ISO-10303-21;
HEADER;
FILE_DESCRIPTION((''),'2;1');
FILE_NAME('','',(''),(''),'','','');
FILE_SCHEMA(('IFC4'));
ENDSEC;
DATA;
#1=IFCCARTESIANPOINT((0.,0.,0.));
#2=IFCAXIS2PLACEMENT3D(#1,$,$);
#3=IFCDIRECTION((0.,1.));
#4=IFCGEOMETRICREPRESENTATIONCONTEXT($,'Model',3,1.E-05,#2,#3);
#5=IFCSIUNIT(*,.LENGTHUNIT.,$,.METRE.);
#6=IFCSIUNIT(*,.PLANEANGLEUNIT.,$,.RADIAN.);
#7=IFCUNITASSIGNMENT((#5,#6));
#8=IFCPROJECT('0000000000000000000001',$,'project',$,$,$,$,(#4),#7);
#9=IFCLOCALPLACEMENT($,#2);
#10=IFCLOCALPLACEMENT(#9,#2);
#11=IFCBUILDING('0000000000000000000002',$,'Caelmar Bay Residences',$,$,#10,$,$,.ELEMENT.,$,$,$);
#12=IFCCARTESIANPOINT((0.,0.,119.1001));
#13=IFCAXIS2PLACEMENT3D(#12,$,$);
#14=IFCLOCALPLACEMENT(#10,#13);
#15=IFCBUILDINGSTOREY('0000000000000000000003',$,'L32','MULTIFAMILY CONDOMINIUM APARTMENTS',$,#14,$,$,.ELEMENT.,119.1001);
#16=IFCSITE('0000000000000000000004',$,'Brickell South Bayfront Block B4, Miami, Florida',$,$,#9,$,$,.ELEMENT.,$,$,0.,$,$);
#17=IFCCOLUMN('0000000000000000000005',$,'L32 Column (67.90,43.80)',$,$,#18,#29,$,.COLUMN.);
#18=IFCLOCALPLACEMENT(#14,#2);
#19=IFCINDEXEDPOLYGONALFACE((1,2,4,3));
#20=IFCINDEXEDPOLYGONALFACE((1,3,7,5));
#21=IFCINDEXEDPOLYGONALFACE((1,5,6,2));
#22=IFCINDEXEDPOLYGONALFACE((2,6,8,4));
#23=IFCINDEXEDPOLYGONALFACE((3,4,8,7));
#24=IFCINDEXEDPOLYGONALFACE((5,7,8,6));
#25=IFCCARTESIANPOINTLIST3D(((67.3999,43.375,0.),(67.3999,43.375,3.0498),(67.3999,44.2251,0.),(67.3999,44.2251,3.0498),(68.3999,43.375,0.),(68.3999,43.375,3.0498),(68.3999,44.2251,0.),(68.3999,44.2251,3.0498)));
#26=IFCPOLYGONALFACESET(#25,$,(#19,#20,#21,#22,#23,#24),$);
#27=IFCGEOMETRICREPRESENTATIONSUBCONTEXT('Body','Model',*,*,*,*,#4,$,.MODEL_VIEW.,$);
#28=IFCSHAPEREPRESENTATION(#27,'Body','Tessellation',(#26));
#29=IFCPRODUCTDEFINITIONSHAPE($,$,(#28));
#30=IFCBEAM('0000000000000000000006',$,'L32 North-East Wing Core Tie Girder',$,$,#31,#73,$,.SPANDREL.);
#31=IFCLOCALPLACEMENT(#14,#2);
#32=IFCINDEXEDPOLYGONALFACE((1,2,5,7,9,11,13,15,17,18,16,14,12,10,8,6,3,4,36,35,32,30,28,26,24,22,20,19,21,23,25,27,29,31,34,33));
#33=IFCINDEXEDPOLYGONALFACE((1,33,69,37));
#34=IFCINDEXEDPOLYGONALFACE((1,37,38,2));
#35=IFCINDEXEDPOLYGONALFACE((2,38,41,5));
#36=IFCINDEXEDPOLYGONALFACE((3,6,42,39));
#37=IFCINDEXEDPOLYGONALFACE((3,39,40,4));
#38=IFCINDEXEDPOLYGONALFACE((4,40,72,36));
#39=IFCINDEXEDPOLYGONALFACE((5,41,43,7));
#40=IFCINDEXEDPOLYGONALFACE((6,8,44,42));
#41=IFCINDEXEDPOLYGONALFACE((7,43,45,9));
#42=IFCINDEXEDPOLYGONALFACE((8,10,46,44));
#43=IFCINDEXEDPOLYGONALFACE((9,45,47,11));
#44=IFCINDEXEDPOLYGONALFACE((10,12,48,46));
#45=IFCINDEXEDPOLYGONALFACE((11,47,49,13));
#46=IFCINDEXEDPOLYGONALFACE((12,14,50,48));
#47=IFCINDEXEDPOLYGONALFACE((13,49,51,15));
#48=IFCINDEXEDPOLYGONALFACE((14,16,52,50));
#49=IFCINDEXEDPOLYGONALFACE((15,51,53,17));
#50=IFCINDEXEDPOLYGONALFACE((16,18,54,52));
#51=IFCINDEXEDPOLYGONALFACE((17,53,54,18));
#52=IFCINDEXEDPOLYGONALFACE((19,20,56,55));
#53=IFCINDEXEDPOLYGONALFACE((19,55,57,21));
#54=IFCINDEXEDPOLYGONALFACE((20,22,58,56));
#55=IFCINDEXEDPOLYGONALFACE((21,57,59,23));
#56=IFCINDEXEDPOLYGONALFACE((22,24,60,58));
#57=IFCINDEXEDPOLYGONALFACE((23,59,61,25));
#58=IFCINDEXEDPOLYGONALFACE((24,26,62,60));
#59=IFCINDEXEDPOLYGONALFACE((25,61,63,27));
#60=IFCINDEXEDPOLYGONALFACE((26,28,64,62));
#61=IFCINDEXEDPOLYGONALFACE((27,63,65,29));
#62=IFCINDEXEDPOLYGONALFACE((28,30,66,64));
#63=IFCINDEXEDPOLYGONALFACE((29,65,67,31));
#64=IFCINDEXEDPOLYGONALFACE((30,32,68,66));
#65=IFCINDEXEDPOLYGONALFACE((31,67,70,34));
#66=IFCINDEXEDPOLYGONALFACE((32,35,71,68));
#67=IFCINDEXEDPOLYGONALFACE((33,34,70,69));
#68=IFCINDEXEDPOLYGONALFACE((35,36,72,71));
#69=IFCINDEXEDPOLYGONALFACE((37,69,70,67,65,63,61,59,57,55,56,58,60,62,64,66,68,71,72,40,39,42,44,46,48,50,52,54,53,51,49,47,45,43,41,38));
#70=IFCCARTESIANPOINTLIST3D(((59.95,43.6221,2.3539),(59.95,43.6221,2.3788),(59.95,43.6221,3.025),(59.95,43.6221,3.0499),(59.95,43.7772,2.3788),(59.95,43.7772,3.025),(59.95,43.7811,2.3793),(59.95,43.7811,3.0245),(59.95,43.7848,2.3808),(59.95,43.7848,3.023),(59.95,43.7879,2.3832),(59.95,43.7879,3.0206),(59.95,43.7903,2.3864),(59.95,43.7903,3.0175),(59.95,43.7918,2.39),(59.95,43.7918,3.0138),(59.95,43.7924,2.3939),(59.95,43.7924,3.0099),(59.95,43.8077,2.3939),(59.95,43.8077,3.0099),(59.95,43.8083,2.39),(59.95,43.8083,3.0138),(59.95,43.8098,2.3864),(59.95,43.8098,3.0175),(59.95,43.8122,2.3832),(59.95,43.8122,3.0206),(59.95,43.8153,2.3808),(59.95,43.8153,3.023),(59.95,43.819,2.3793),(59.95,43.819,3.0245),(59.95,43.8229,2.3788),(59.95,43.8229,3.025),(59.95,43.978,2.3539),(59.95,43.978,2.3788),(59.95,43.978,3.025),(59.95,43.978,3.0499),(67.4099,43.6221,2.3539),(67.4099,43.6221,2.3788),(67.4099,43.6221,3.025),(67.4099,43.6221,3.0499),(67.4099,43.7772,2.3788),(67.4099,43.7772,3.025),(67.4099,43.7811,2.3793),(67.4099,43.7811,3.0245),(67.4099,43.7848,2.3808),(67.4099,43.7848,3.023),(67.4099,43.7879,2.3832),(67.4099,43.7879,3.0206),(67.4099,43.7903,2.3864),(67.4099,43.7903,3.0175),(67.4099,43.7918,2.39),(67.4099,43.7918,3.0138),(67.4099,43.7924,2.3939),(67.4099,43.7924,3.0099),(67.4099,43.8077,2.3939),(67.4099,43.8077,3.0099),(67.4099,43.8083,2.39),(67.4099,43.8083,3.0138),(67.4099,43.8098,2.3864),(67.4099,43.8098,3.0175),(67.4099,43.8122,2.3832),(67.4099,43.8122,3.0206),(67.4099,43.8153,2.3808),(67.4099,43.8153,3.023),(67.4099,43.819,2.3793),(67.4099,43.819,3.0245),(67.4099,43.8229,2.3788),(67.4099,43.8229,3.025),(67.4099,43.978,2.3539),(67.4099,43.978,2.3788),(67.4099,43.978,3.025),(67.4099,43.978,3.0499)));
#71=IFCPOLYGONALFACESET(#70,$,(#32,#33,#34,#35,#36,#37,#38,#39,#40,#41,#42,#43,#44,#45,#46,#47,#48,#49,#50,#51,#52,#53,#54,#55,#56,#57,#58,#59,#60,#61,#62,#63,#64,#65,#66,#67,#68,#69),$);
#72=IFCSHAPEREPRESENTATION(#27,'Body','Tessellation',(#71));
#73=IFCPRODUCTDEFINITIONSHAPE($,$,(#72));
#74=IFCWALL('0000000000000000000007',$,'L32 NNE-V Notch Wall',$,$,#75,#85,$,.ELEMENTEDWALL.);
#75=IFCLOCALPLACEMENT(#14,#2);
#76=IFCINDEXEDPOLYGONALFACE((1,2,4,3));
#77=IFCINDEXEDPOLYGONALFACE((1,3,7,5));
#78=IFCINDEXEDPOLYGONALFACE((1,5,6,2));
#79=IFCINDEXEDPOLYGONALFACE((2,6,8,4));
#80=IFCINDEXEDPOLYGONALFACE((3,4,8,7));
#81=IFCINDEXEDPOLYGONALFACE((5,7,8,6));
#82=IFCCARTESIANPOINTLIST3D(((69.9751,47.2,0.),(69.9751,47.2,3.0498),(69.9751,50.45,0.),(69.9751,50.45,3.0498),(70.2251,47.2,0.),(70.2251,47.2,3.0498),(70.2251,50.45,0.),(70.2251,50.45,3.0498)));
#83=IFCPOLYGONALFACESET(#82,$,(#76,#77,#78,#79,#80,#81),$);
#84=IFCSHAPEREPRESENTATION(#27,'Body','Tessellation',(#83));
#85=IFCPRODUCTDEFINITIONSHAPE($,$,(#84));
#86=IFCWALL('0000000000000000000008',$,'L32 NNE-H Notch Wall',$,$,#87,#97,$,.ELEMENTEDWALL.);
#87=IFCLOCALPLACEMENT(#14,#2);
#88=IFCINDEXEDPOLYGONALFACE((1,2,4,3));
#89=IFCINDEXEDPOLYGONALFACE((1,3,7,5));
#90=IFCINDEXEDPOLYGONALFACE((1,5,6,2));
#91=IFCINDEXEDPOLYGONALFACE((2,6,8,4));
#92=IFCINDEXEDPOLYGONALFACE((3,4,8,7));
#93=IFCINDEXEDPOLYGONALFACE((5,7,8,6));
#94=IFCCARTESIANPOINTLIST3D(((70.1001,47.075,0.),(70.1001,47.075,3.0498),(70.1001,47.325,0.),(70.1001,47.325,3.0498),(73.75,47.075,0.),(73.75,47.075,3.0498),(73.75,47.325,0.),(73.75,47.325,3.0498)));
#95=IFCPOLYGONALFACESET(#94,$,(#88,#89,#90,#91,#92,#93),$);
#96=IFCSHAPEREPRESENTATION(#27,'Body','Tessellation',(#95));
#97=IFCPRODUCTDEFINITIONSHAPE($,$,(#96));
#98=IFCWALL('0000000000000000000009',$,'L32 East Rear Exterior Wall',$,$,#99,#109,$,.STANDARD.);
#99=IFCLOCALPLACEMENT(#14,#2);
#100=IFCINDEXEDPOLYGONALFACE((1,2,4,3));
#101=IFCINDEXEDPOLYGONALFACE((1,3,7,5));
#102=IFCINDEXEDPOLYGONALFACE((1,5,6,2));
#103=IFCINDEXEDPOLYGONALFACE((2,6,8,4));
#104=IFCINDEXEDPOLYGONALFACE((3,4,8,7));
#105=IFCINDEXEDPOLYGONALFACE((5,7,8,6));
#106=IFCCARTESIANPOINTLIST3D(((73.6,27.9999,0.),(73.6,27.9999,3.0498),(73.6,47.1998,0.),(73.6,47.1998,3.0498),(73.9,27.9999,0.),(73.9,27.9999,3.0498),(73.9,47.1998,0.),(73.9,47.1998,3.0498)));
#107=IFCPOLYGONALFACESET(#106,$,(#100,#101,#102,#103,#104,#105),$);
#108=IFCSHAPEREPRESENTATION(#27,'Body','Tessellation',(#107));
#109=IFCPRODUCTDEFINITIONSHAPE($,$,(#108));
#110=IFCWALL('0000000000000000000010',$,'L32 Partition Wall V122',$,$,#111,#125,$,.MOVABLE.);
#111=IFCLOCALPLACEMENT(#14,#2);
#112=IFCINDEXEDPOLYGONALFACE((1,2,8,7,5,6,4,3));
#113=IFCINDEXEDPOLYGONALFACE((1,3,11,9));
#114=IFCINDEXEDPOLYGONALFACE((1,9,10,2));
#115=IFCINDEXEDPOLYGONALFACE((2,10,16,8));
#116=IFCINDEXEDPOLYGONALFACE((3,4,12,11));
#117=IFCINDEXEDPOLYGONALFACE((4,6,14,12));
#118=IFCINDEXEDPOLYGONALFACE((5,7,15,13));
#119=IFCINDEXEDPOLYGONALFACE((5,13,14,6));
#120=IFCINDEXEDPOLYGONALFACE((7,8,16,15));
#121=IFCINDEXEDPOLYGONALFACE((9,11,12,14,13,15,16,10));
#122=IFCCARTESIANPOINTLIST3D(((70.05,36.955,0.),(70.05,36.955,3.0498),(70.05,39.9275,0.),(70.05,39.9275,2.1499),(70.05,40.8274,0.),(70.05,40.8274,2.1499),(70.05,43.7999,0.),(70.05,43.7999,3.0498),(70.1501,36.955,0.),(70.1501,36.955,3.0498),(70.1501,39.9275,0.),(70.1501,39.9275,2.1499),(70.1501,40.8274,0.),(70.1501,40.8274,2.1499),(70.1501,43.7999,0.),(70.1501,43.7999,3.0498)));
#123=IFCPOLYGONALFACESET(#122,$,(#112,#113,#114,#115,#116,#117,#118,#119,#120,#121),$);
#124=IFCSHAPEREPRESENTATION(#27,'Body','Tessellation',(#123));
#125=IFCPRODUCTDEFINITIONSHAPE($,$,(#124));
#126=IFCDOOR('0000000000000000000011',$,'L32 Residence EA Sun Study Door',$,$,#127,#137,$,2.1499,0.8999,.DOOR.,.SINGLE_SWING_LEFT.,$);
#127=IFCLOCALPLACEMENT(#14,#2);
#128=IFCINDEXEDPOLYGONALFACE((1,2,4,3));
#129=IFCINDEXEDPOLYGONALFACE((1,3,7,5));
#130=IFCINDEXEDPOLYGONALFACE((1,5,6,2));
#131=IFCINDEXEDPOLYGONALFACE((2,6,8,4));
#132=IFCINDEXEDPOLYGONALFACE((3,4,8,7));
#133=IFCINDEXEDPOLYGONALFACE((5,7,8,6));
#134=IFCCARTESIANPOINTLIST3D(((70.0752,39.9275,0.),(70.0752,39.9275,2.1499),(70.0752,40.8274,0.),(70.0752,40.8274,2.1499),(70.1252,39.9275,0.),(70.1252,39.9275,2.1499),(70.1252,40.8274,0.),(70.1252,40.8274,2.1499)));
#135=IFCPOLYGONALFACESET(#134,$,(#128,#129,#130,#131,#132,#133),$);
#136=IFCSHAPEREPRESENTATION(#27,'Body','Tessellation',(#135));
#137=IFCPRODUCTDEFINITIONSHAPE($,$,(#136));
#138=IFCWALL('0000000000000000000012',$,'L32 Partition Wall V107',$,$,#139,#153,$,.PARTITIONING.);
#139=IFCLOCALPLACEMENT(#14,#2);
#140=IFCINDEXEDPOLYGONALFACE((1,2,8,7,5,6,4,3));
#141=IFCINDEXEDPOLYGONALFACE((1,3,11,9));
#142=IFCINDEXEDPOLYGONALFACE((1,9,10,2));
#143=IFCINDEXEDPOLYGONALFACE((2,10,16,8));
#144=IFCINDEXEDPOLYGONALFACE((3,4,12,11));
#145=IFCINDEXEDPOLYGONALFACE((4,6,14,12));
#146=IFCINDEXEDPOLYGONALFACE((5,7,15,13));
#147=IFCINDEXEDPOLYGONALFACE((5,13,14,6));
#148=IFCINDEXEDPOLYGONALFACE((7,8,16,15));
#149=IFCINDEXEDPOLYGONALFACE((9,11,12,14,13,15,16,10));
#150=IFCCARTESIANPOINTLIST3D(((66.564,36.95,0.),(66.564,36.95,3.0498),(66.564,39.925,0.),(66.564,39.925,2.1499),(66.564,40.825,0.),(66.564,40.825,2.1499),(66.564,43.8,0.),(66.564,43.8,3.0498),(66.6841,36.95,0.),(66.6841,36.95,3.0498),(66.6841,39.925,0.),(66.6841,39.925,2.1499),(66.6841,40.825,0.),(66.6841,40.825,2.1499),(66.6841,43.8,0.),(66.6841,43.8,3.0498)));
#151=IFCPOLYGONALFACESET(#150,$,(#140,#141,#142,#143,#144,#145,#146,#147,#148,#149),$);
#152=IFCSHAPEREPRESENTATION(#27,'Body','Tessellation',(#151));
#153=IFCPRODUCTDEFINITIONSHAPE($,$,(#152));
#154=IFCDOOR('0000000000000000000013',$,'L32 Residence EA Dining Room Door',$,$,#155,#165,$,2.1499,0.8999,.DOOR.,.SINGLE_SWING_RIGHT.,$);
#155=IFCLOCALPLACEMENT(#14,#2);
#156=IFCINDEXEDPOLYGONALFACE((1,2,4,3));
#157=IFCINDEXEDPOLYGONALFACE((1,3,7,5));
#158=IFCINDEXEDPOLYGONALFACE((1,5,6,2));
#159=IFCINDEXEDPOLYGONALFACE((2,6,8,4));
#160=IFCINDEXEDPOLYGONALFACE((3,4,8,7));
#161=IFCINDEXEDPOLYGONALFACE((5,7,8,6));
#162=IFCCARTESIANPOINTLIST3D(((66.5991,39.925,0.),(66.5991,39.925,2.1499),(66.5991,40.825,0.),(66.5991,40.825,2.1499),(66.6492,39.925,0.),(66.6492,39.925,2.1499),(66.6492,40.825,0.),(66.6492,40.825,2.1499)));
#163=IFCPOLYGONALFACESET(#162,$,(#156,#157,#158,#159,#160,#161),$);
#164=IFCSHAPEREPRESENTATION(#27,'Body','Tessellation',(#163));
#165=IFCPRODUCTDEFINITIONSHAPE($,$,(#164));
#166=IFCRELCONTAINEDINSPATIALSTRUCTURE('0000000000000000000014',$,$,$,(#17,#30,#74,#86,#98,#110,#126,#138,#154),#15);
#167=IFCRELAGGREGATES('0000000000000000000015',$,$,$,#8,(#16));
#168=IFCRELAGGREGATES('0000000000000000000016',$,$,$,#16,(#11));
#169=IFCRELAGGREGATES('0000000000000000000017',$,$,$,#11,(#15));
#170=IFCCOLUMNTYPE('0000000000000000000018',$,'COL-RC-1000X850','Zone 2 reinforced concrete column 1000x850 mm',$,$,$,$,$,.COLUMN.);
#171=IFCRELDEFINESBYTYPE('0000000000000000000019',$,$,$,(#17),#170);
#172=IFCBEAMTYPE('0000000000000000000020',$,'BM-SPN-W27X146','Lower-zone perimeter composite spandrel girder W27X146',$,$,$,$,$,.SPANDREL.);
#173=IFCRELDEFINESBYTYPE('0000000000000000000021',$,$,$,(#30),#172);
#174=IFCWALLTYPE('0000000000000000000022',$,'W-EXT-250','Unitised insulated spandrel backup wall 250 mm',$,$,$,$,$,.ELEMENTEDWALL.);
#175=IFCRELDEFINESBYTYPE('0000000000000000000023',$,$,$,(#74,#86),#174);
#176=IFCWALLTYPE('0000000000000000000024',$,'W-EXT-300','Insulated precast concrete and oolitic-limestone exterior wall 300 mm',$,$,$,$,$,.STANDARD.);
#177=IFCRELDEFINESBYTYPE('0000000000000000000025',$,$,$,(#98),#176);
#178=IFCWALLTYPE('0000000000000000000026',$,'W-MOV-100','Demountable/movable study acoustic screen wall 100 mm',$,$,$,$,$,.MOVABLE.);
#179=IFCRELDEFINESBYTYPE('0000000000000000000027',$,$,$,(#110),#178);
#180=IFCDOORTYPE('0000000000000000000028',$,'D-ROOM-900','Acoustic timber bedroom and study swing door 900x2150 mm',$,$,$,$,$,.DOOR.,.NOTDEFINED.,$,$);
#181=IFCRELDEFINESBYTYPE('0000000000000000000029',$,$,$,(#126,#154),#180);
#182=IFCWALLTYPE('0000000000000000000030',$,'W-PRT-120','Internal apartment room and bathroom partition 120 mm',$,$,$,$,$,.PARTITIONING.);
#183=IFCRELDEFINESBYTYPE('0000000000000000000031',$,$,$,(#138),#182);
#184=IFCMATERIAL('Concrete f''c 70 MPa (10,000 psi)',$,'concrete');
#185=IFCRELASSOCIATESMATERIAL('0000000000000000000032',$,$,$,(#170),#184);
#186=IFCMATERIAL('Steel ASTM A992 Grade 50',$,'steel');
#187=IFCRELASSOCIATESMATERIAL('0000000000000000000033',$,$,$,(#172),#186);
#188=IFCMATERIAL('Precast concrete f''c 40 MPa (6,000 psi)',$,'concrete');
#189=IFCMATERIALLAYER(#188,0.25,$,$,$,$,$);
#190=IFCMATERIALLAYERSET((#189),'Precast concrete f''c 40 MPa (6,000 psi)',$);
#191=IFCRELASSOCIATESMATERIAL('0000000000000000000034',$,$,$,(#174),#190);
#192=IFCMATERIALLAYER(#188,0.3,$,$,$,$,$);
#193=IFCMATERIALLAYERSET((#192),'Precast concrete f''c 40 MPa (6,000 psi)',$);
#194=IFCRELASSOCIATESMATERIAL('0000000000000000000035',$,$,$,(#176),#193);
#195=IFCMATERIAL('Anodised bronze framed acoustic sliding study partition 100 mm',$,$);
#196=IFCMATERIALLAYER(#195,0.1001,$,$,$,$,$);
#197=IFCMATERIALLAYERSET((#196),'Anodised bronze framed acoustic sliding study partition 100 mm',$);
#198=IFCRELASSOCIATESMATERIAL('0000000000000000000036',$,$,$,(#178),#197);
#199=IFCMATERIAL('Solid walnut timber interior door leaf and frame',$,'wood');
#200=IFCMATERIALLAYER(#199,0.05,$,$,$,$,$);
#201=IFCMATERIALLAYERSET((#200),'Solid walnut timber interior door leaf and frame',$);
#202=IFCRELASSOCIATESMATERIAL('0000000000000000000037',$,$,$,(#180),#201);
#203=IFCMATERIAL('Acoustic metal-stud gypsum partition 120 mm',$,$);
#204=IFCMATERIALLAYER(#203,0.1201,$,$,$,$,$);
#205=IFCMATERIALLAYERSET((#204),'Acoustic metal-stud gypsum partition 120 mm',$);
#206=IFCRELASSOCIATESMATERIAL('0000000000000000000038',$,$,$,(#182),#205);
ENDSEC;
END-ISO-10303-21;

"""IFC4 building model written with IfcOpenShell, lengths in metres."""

from ifc_helpers import new_model, si_unit, direction, frame, frame_2d, origin, origin_2d, place, context, subcontext, project, spatial, rectangle, i_section, extrude, material, layer, layer_set, material_profile, profile_set, type_object, element, fill, save


model = new_model("IFC4")

# Units and contexts
model_context = context("Model", 3, precision=1e-05, world=origin(), true_north=direction((0.0, 1.0)))
body_context = subcontext(model_context, "Body", "Model", "MODEL_VIEW")
ifc_project = project(units=[si_unit("LENGTHUNIT", "METRE"), si_unit("PLANEANGLEUNIT", "RADIAN")], contexts=[model_context])

# Site, building, storey
site_placement = place(None, origin())
site = spatial("IfcSite", under=ifc_project, at=site_placement, Name="Brickell South Bayfront Block B4, Miami, Florida", CompositionType="ELEMENT", RefElevation=0.0)
building_placement = place(site_placement, origin())
building = spatial("IfcBuilding", under=site, at=building_placement, Name="Caelmar Bay Residences", CompositionType="ELEMENT")
storey_placement = place(building_placement, frame((0.0, 0.0, 119.1001)))
storey = spatial("IfcBuildingStorey", under=building, at=storey_placement, Name="L32", Description="MULTIFAMILY CONDOMINIUM APARTMENTS", CompositionType="ELEMENT", Elevation=119.1001)

# Column
ifc_material_1 = material(Name="Concrete f'c 70 MPa (10,000 psi)", Category="concrete")
ifc_material_profile_1 = material_profile(ifc_material_1, rectangle(XDim=1.0, YDim=0.8501, at=origin_2d()), Name="RC-COL-1000X850")
ifc_profile_set_1 = profile_set([ifc_material_profile_1], Name="Concrete f'c 70 MPa (10,000 psi)")
column_type = type_object("IfcColumnType", Name="COL-RC-1000X850", Description="Zone 2 reinforced concrete column 1000x850 mm", PredefinedType="COLUMN", material=ifc_profile_set_1)
column_placement = place(storey_placement, frame((67.8999, 43.8, 0.0), z_axis=(0.0, 0.0, 1.0), x_axis=(1.0, 0.0, 0.0)))
element("IfcColumn", 1, at=column_placement, inside=storey, type_object=column_type, Name="L32 Column (67.90,43.80)", PredefinedType="COLUMN", context=body_context, shape_type="SweptSolid", body=[
    extrude(rectangle(XDim=1.0, YDim=0.8501, at=origin_2d()), origin(), (0.0, 0.0, 1.0), 3.0498),
])

# Beam
ifc_material_2 = material(Name="Steel ASTM A992 Grade 50", Category="steel")
ifc_material_profile_2 = material_profile(ifc_material_2, i_section(OverallWidth=0.356, OverallDepth=0.696, WebThickness=0.0154, FlangeThickness=0.0249, FilletRadius=0.0151, at=origin_2d()), Name="W27X146")
ifc_profile_set_2 = profile_set([ifc_material_profile_2], Name="Steel ASTM A992 Grade 50")
beam_type = type_object("IfcBeamType", Name="BM-SPN-W27X146", Description="Lower-zone perimeter composite spandrel girder W27X146", PredefinedType="SPANDREL", material=ifc_profile_set_2)
beam_placement = place(storey_placement, frame((59.95, 43.8, 2.7019), z_axis=(1.0, 0.0, 0.0), x_axis=(0.0, 1.0, 0.0)))
element("IfcBeam", 2, at=beam_placement, inside=storey, type_object=beam_type, Name="L32 North-East Wing Core Tie Girder", PredefinedType="SPANDREL", context=body_context, shape_type="SweptSolid", body=[
    extrude(i_section(OverallWidth=0.356, OverallDepth=0.696, WebThickness=0.0154, FlangeThickness=0.0249, FilletRadius=0.0151, at=origin_2d()), origin(), (0.0, 0.0, 1.0), 7.46),
])

# Walls
ifc_material_3 = material(Name="Precast concrete f'c 40 MPa (6,000 psi)", Category="concrete")
ifc_layer_1 = layer(ifc_material_3, 0.25)
ifc_layer_set_1 = layer_set([ifc_layer_1], Name="Precast concrete f'c 40 MPa (6,000 psi)")
wall_type_1 = type_object("IfcWallType", Name="W-EXT-250", Description="Unitised insulated spandrel backup wall 250 mm", PredefinedType="ELEMENTEDWALL", material=ifc_layer_set_1)
wall_1_placement = place(storey_placement, frame((70.1001, 50.45, 0.0), z_axis=(0.0, 0.0, 1.0), x_axis=(0.0, -1.0, 0.0)))
element("IfcWall", 3, at=wall_1_placement, inside=storey, type_object=wall_type_1, Name="L32 NNE-V Notch Wall", PredefinedType="ELEMENTEDWALL", context=body_context, shape_type="SweptSolid", body=[
    extrude(rectangle(XDim=3.25, YDim=0.25, at=frame_2d((1.625, 0.0))), origin(), (0.0, 0.0, 1.0), 3.0498),
])
wall_2_placement = place(storey_placement, frame((70.1001, 47.2, 0.0), z_axis=(0.0, 0.0, 1.0), x_axis=(1.0, 0.0, 0.0)))
element("IfcWall", 4, at=wall_2_placement, inside=storey, type_object=wall_type_1, Name="L32 NNE-H Notch Wall", PredefinedType="ELEMENTEDWALL", context=body_context, shape_type="SweptSolid", body=[
    extrude(rectangle(XDim=3.6499, YDim=0.25, at=frame_2d((1.825, 0.0))), origin(), (0.0, 0.0, 1.0), 3.0498),
])
ifc_layer_2 = layer(ifc_material_3, 0.3)
ifc_layer_set_2 = layer_set([ifc_layer_2], Name="Precast concrete f'c 40 MPa (6,000 psi)")
wall_type_2 = type_object("IfcWallType", Name="W-EXT-300", Description="Insulated precast concrete and oolitic-limestone exterior wall 300 mm", PredefinedType="STANDARD", material=ifc_layer_set_2)
wall_3_placement = place(storey_placement, frame((73.75, 47.2, 0.0), z_axis=(0.0, 0.0, 1.0), x_axis=(0.0, -1.0, 0.0)))
element("IfcWall", 5, at=wall_3_placement, inside=storey, type_object=wall_type_2, Name="L32 East Rear Exterior Wall", PredefinedType="STANDARD", context=body_context, shape_type="SweptSolid", body=[
    extrude(rectangle(XDim=19.2, YDim=0.3, at=frame_2d((9.6001, 0.0))), origin(), (0.0, 0.0, 1.0), 3.0498),
])

# Walls, openings, doors
ifc_material_4 = material(Name="Anodised bronze framed acoustic sliding study partition 100 mm")
ifc_layer_3 = layer(ifc_material_4, 0.1001)
ifc_layer_set_3 = layer_set([ifc_layer_3], Name="Anodised bronze framed acoustic sliding study partition 100 mm")
wall_type_3 = type_object("IfcWallType", Name="W-MOV-100", Description="Demountable/movable study acoustic screen wall 100 mm", PredefinedType="MOVABLE", material=ifc_layer_set_3)
wall_4_placement = place(storey_placement, frame((70.1001, 36.9551, 0.0), z_axis=(0.0, 0.0, 1.0), x_axis=(0.0, 1.0, 0.0)))
wall_4 = element("IfcWall", 6, at=wall_4_placement, inside=storey, type_object=wall_type_3, Name="L32 Partition Wall V122", PredefinedType="MOVABLE", context=body_context, shape_type="SweptSolid", body=[
    extrude(rectangle(XDim=6.845, YDim=0.1001, at=frame_2d((3.4224, 0.0))), origin(), (0.0, 0.0, 1.0), 3.0498),
])
opening_1_placement = place(wall_4_placement, frame((2.9724, 0.0, 0.0)))
opening_1 = element("IfcOpeningElement", 7, at=opening_1_placement, cuts=wall_4, PredefinedType="OPENING", context=body_context, shape_type="SweptSolid", body=[
    extrude(rectangle(XDim=0.8999, YDim=2.1499, at=frame_2d((0.45, 1.075))), frame((0.0, 0.0601, 0.0), z_axis=(0.0, -1.0, 0.0), x_axis=(1.0, 0.0, 0.0)), (0.0, 0.0, 1.0), 0.1201),
])
ifc_material_5 = material(Name="Solid walnut timber interior door leaf and frame", Category="wood")
ifc_layer_4 = layer(ifc_material_5, 0.05)
ifc_layer_set_4 = layer_set([ifc_layer_4], Name="Solid walnut timber interior door leaf and frame")
door_type_1 = type_object("IfcDoorType", Name="D-ROOM-900", Description="Acoustic timber bedroom and study swing door 900x2150 mm", OperationType="NOTDEFINED", PredefinedType="DOOR", material=ifc_layer_set_4)
door_1_placement = place(opening_1_placement, origin())
door_1 = element("IfcDoor", 8, at=door_1_placement, inside=storey, type_object=door_type_1, Name="L32 Residence EA Sun Study Door", OperationType="SINGLE_SWING_LEFT", OverallHeight=2.1499, OverallWidth=0.8999, PredefinedType="DOOR", context=body_context, shape_type="SweptSolid", body=[
    extrude(rectangle(XDim=0.8999, YDim=2.1499, at=frame_2d((0.45, 1.075))), frame((0.0, 0.0249, 0.0), z_axis=(0.0, -1.0, 0.0), x_axis=(1.0, 0.0, 0.0)), (0.0, 0.0, 1.0), 0.05),
])
fill(opening_1, door_1)
ifc_material_6 = material(Name="Acoustic metal-stud gypsum partition 120 mm")
ifc_layer_5 = layer(ifc_material_6, 0.1201)
ifc_layer_set_5 = layer_set([ifc_layer_5], Name="Acoustic metal-stud gypsum partition 120 mm")
wall_type_4 = type_object("IfcWallType", Name="W-PRT-120", Description="Internal apartment room and bathroom partition 120 mm", PredefinedType="PARTITIONING", material=ifc_layer_set_5)
wall_5_placement = place(storey_placement, frame((66.624, 36.95, 0.0), z_axis=(0.0, 0.0, 1.0), x_axis=(0.0, 1.0, 0.0)))
wall_5 = element("IfcWall", 9, at=wall_5_placement, inside=storey, type_object=wall_type_4, Name="L32 Partition Wall V107", PredefinedType="PARTITIONING", context=body_context, shape_type="SweptSolid", body=[
    extrude(rectangle(XDim=6.8501, YDim=0.1201, at=frame_2d((3.425, 0.0))), origin(), (0.0, 0.0, 1.0), 3.0498),
])
opening_2_placement = place(wall_5_placement, frame((2.9751, 0.0, 0.0)))
opening_2 = element("IfcOpeningElement", 10, at=opening_2_placement, cuts=wall_5, PredefinedType="OPENING", context=body_context, shape_type="SweptSolid", body=[
    extrude(rectangle(XDim=0.8999, YDim=2.1499, at=frame_2d((0.45, 1.075))), frame((0.0, 0.0701, 0.0), z_axis=(0.0, -1.0, 0.0), x_axis=(1.0, 0.0, 0.0)), (0.0, 0.0, 1.0), 0.1401),
])
door_2_placement = place(opening_2_placement, origin())
door_2 = element("IfcDoor", 11, at=door_2_placement, inside=storey, type_object=door_type_1, Name="L32 Residence EA Dining Room Door", OperationType="SINGLE_SWING_RIGHT", OverallHeight=2.1499, OverallWidth=0.8999, PredefinedType="DOOR", context=body_context, shape_type="SweptSolid", body=[
    extrude(rectangle(XDim=0.8999, YDim=2.1499, at=frame_2d((0.45, 1.075))), frame((0.0, 0.0249, 0.0), z_axis=(0.0, -1.0, 0.0), x_axis=(1.0, 0.0, 0.0)), (0.0, 0.0, 1.0), 0.05),
])
fill(opening_2, door_2)

save(model, "model.ifc")
